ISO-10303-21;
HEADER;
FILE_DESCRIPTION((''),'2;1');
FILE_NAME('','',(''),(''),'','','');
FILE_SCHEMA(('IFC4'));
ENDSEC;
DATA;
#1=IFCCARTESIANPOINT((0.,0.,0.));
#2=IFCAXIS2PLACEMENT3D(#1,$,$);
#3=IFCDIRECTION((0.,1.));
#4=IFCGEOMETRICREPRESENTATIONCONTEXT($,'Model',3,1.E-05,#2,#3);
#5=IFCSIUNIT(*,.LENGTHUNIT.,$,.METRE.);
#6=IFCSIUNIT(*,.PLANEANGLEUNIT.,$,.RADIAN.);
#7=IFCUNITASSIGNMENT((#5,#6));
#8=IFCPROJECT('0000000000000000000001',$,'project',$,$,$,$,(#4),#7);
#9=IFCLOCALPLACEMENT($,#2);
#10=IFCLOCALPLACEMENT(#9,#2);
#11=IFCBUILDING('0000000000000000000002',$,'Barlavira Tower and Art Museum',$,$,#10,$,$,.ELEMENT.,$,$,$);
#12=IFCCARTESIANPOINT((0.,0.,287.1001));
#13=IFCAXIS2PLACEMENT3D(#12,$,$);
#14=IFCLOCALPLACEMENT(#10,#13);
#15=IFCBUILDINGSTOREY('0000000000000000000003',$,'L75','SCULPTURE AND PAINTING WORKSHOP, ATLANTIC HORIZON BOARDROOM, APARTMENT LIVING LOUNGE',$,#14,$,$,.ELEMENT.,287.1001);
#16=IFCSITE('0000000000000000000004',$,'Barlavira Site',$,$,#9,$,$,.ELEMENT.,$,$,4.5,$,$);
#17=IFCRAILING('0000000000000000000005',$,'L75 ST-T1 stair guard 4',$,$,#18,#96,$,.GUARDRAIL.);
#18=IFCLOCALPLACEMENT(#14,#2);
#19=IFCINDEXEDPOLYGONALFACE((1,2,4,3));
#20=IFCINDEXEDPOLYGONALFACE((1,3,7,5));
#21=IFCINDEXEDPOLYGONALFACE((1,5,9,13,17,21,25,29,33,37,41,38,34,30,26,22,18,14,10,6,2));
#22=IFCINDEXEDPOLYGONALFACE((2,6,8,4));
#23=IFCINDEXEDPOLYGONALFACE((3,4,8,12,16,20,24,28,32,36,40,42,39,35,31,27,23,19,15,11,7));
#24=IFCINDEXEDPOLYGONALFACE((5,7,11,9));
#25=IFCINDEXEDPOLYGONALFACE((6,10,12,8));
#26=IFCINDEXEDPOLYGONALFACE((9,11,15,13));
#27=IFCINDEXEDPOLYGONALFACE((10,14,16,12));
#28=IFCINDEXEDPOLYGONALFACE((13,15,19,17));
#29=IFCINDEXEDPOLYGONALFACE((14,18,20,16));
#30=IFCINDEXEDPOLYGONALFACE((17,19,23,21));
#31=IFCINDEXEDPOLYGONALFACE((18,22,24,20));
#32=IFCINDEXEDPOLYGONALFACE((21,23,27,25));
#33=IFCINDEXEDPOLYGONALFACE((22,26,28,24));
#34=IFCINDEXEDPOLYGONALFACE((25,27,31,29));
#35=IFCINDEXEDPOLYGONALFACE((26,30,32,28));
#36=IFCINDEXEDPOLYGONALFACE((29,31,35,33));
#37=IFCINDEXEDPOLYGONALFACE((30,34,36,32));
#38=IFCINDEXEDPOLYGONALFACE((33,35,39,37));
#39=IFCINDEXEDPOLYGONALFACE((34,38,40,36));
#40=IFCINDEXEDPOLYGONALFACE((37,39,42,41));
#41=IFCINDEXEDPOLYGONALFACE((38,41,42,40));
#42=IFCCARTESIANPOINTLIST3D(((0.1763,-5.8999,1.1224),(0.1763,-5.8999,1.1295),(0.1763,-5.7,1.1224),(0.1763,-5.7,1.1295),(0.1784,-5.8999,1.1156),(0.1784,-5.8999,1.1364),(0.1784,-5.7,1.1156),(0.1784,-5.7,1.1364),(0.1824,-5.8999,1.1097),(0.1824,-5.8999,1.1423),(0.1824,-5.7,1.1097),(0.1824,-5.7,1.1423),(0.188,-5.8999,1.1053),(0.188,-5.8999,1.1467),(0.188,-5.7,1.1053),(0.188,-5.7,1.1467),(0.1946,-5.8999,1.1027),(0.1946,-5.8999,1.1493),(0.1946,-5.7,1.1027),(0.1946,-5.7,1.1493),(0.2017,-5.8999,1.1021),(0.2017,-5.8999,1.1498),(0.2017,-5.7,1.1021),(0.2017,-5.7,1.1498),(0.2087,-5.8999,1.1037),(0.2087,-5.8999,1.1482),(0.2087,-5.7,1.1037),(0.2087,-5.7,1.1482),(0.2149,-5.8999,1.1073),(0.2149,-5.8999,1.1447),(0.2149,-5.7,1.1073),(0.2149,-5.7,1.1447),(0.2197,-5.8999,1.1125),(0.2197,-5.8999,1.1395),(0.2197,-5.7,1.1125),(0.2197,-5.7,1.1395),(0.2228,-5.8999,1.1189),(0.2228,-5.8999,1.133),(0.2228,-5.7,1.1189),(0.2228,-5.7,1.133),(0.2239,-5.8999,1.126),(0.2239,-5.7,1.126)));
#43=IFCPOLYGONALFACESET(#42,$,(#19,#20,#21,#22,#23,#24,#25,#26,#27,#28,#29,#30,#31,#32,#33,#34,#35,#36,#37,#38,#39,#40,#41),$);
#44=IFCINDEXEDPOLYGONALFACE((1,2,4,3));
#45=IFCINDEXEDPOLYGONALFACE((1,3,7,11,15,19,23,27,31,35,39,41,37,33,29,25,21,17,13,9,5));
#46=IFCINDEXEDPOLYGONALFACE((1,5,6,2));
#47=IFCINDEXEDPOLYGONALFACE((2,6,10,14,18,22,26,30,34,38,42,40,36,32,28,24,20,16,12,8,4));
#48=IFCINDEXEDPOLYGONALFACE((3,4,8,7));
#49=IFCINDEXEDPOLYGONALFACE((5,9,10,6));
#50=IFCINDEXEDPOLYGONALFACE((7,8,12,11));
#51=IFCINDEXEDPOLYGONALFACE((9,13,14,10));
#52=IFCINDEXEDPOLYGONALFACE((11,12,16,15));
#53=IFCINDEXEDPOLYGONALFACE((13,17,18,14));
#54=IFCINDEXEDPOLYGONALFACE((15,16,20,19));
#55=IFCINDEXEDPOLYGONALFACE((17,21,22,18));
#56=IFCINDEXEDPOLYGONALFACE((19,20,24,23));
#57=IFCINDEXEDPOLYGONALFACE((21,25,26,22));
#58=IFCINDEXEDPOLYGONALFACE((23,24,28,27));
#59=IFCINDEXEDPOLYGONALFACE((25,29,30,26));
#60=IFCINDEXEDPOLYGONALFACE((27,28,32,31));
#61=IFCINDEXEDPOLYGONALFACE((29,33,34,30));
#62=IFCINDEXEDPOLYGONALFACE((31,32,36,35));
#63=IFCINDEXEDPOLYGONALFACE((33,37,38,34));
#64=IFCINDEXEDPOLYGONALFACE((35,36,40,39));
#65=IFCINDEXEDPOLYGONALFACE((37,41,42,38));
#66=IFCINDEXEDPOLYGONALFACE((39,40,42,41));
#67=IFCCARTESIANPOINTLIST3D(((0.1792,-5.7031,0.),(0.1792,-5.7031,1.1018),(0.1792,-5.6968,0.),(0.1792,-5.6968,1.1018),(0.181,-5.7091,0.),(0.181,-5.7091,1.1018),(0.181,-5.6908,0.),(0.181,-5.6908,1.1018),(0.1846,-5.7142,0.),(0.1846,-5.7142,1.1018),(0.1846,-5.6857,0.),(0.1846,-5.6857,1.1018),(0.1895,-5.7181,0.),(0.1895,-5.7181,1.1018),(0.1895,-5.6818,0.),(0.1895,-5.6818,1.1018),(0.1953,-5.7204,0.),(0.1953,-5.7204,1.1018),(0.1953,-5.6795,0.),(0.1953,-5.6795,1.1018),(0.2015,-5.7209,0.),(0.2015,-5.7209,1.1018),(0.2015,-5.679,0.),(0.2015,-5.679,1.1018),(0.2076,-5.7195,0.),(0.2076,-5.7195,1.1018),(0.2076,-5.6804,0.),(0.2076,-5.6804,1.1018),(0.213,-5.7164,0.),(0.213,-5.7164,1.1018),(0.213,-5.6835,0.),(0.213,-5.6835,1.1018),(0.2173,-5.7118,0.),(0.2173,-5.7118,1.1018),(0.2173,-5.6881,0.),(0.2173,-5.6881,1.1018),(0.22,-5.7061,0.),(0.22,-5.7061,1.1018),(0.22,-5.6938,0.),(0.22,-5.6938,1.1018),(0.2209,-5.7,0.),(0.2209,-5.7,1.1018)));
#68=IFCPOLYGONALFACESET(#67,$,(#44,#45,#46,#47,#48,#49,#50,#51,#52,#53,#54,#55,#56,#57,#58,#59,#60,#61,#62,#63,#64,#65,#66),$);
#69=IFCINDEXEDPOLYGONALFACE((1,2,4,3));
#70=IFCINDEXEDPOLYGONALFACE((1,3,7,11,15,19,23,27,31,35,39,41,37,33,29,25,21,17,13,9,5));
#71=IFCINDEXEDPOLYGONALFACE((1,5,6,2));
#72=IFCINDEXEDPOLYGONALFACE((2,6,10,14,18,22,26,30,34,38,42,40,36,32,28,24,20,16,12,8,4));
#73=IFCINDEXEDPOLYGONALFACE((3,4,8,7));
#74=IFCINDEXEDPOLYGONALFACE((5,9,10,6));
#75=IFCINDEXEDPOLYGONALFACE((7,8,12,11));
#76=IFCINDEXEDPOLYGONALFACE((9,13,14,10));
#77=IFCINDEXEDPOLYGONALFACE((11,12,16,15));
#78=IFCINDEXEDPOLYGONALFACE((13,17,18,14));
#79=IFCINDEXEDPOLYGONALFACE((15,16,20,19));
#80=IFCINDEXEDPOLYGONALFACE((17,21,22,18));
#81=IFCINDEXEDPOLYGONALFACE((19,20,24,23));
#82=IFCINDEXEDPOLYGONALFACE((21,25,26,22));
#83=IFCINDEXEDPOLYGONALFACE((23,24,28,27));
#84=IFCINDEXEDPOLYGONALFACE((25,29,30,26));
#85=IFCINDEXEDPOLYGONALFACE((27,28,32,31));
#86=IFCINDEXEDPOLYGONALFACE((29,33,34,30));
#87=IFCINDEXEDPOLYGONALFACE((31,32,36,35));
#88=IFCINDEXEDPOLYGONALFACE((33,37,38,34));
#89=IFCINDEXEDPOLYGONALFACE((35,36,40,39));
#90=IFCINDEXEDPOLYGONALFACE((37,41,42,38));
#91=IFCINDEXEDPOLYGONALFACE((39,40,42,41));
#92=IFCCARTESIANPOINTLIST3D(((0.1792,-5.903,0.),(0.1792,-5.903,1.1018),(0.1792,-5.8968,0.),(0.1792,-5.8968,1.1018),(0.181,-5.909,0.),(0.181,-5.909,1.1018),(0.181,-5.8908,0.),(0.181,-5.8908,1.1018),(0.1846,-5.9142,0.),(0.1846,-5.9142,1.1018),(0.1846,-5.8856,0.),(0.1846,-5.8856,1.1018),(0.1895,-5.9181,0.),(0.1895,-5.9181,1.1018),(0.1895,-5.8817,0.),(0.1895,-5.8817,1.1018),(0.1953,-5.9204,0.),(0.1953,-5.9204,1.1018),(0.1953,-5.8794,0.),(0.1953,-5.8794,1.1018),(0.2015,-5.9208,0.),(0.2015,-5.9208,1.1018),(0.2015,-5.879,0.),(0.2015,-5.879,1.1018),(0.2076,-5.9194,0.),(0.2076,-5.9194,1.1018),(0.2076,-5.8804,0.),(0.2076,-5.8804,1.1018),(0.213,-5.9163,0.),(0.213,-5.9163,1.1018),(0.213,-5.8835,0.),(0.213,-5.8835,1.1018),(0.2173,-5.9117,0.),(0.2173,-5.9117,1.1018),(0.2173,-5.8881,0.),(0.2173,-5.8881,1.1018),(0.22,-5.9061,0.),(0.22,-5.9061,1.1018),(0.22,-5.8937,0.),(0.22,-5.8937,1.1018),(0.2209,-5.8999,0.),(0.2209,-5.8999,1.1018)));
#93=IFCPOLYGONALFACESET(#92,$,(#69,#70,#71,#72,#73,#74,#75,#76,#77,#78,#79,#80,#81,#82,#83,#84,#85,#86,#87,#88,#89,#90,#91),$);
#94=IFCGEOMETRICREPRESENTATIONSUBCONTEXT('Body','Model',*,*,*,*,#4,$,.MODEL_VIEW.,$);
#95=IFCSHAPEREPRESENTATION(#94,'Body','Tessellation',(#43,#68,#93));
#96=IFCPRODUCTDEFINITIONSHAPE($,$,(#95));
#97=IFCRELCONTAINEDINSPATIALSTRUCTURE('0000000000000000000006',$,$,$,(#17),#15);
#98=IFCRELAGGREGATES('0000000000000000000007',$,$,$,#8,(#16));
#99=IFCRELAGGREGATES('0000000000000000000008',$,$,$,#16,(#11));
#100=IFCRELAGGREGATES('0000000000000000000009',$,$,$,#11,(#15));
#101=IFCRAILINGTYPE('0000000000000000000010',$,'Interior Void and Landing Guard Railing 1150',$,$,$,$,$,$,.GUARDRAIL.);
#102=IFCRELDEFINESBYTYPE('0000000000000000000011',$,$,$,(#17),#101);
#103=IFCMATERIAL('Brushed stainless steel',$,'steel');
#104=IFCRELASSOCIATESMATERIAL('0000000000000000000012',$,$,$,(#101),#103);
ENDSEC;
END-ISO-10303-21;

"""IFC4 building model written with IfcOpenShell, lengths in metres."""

from ifc_helpers import new_model, si_unit, direction, frame, origin, origin_2d, place, context, subcontext, project, spatial, circle, extrude, material, type_object, element, save


model = new_model("IFC4")

# Units and contexts
model_context = context("Model", 3, precision=1e-05, world=origin(), true_north=direction((0.0, 1.0)))
body_context = subcontext(model_context, "Body", "Model", "MODEL_VIEW")
ifc_project = project(units=[si_unit("LENGTHUNIT", "METRE"), si_unit("PLANEANGLEUNIT", "RADIAN")], contexts=[model_context])

# Site, building, storey
site_placement = place(None, origin())
site = spatial("IfcSite", under=ifc_project, at=site_placement, Name="Barlavira Site", CompositionType="ELEMENT", RefElevation=4.5)
building_placement = place(site_placement, origin())
building = spatial("IfcBuilding", under=site, at=building_placement, Name="Barlavira Tower and Art Museum", CompositionType="ELEMENT")
storey_placement = place(building_placement, frame((0.0, 0.0, 287.1001)))
storey = spatial("IfcBuildingStorey", under=building, at=storey_placement, Name="L75", Description="SCULPTURE AND PAINTING WORKSHOP, ATLANTIC HORIZON BOARDROOM, APARTMENT LIVING LOUNGE", CompositionType="ELEMENT", Elevation=287.1001)

# Shared definitions
ifc_material_1 = material(Name="Brushed stainless steel", Category="steel")

# Railing
railing_type_1 = type_object("IfcRailingType", Name="Interior Void and Landing Guard Railing 1150", PredefinedType="GUARDRAIL", material=ifc_material_1)
railing_1_placement = place(storey_placement, frame((0.2, -5.7, 0.0)))
element("IfcRailing", 1, at=railing_1_placement, inside=storey, type_object=railing_type_1, Name="L75 ST-T1 stair guard 4", PredefinedType="GUARDRAIL", context=body_context, shape_type="SweptSolid", body=[
    extrude(circle(Radius=0.0239, at=origin_2d()), frame((0.0, 0.0, 1.126), z_axis=(0.0, -1.0, 0.0), x_axis=(1.0, 0.0, 0.0)), (0.0, 0.0, 1.0), 0.2),
    extrude(circle(Radius=0.021, at=origin_2d()), origin(), (0.0, 0.0, 1.0), 1.1018),
    extrude(circle(Radius=0.021, at=origin_2d()), frame((0.0, -0.2, 0.0)), (0.0, 0.0, 1.0), 1.1018),
])

save(model, "model.ifc")
